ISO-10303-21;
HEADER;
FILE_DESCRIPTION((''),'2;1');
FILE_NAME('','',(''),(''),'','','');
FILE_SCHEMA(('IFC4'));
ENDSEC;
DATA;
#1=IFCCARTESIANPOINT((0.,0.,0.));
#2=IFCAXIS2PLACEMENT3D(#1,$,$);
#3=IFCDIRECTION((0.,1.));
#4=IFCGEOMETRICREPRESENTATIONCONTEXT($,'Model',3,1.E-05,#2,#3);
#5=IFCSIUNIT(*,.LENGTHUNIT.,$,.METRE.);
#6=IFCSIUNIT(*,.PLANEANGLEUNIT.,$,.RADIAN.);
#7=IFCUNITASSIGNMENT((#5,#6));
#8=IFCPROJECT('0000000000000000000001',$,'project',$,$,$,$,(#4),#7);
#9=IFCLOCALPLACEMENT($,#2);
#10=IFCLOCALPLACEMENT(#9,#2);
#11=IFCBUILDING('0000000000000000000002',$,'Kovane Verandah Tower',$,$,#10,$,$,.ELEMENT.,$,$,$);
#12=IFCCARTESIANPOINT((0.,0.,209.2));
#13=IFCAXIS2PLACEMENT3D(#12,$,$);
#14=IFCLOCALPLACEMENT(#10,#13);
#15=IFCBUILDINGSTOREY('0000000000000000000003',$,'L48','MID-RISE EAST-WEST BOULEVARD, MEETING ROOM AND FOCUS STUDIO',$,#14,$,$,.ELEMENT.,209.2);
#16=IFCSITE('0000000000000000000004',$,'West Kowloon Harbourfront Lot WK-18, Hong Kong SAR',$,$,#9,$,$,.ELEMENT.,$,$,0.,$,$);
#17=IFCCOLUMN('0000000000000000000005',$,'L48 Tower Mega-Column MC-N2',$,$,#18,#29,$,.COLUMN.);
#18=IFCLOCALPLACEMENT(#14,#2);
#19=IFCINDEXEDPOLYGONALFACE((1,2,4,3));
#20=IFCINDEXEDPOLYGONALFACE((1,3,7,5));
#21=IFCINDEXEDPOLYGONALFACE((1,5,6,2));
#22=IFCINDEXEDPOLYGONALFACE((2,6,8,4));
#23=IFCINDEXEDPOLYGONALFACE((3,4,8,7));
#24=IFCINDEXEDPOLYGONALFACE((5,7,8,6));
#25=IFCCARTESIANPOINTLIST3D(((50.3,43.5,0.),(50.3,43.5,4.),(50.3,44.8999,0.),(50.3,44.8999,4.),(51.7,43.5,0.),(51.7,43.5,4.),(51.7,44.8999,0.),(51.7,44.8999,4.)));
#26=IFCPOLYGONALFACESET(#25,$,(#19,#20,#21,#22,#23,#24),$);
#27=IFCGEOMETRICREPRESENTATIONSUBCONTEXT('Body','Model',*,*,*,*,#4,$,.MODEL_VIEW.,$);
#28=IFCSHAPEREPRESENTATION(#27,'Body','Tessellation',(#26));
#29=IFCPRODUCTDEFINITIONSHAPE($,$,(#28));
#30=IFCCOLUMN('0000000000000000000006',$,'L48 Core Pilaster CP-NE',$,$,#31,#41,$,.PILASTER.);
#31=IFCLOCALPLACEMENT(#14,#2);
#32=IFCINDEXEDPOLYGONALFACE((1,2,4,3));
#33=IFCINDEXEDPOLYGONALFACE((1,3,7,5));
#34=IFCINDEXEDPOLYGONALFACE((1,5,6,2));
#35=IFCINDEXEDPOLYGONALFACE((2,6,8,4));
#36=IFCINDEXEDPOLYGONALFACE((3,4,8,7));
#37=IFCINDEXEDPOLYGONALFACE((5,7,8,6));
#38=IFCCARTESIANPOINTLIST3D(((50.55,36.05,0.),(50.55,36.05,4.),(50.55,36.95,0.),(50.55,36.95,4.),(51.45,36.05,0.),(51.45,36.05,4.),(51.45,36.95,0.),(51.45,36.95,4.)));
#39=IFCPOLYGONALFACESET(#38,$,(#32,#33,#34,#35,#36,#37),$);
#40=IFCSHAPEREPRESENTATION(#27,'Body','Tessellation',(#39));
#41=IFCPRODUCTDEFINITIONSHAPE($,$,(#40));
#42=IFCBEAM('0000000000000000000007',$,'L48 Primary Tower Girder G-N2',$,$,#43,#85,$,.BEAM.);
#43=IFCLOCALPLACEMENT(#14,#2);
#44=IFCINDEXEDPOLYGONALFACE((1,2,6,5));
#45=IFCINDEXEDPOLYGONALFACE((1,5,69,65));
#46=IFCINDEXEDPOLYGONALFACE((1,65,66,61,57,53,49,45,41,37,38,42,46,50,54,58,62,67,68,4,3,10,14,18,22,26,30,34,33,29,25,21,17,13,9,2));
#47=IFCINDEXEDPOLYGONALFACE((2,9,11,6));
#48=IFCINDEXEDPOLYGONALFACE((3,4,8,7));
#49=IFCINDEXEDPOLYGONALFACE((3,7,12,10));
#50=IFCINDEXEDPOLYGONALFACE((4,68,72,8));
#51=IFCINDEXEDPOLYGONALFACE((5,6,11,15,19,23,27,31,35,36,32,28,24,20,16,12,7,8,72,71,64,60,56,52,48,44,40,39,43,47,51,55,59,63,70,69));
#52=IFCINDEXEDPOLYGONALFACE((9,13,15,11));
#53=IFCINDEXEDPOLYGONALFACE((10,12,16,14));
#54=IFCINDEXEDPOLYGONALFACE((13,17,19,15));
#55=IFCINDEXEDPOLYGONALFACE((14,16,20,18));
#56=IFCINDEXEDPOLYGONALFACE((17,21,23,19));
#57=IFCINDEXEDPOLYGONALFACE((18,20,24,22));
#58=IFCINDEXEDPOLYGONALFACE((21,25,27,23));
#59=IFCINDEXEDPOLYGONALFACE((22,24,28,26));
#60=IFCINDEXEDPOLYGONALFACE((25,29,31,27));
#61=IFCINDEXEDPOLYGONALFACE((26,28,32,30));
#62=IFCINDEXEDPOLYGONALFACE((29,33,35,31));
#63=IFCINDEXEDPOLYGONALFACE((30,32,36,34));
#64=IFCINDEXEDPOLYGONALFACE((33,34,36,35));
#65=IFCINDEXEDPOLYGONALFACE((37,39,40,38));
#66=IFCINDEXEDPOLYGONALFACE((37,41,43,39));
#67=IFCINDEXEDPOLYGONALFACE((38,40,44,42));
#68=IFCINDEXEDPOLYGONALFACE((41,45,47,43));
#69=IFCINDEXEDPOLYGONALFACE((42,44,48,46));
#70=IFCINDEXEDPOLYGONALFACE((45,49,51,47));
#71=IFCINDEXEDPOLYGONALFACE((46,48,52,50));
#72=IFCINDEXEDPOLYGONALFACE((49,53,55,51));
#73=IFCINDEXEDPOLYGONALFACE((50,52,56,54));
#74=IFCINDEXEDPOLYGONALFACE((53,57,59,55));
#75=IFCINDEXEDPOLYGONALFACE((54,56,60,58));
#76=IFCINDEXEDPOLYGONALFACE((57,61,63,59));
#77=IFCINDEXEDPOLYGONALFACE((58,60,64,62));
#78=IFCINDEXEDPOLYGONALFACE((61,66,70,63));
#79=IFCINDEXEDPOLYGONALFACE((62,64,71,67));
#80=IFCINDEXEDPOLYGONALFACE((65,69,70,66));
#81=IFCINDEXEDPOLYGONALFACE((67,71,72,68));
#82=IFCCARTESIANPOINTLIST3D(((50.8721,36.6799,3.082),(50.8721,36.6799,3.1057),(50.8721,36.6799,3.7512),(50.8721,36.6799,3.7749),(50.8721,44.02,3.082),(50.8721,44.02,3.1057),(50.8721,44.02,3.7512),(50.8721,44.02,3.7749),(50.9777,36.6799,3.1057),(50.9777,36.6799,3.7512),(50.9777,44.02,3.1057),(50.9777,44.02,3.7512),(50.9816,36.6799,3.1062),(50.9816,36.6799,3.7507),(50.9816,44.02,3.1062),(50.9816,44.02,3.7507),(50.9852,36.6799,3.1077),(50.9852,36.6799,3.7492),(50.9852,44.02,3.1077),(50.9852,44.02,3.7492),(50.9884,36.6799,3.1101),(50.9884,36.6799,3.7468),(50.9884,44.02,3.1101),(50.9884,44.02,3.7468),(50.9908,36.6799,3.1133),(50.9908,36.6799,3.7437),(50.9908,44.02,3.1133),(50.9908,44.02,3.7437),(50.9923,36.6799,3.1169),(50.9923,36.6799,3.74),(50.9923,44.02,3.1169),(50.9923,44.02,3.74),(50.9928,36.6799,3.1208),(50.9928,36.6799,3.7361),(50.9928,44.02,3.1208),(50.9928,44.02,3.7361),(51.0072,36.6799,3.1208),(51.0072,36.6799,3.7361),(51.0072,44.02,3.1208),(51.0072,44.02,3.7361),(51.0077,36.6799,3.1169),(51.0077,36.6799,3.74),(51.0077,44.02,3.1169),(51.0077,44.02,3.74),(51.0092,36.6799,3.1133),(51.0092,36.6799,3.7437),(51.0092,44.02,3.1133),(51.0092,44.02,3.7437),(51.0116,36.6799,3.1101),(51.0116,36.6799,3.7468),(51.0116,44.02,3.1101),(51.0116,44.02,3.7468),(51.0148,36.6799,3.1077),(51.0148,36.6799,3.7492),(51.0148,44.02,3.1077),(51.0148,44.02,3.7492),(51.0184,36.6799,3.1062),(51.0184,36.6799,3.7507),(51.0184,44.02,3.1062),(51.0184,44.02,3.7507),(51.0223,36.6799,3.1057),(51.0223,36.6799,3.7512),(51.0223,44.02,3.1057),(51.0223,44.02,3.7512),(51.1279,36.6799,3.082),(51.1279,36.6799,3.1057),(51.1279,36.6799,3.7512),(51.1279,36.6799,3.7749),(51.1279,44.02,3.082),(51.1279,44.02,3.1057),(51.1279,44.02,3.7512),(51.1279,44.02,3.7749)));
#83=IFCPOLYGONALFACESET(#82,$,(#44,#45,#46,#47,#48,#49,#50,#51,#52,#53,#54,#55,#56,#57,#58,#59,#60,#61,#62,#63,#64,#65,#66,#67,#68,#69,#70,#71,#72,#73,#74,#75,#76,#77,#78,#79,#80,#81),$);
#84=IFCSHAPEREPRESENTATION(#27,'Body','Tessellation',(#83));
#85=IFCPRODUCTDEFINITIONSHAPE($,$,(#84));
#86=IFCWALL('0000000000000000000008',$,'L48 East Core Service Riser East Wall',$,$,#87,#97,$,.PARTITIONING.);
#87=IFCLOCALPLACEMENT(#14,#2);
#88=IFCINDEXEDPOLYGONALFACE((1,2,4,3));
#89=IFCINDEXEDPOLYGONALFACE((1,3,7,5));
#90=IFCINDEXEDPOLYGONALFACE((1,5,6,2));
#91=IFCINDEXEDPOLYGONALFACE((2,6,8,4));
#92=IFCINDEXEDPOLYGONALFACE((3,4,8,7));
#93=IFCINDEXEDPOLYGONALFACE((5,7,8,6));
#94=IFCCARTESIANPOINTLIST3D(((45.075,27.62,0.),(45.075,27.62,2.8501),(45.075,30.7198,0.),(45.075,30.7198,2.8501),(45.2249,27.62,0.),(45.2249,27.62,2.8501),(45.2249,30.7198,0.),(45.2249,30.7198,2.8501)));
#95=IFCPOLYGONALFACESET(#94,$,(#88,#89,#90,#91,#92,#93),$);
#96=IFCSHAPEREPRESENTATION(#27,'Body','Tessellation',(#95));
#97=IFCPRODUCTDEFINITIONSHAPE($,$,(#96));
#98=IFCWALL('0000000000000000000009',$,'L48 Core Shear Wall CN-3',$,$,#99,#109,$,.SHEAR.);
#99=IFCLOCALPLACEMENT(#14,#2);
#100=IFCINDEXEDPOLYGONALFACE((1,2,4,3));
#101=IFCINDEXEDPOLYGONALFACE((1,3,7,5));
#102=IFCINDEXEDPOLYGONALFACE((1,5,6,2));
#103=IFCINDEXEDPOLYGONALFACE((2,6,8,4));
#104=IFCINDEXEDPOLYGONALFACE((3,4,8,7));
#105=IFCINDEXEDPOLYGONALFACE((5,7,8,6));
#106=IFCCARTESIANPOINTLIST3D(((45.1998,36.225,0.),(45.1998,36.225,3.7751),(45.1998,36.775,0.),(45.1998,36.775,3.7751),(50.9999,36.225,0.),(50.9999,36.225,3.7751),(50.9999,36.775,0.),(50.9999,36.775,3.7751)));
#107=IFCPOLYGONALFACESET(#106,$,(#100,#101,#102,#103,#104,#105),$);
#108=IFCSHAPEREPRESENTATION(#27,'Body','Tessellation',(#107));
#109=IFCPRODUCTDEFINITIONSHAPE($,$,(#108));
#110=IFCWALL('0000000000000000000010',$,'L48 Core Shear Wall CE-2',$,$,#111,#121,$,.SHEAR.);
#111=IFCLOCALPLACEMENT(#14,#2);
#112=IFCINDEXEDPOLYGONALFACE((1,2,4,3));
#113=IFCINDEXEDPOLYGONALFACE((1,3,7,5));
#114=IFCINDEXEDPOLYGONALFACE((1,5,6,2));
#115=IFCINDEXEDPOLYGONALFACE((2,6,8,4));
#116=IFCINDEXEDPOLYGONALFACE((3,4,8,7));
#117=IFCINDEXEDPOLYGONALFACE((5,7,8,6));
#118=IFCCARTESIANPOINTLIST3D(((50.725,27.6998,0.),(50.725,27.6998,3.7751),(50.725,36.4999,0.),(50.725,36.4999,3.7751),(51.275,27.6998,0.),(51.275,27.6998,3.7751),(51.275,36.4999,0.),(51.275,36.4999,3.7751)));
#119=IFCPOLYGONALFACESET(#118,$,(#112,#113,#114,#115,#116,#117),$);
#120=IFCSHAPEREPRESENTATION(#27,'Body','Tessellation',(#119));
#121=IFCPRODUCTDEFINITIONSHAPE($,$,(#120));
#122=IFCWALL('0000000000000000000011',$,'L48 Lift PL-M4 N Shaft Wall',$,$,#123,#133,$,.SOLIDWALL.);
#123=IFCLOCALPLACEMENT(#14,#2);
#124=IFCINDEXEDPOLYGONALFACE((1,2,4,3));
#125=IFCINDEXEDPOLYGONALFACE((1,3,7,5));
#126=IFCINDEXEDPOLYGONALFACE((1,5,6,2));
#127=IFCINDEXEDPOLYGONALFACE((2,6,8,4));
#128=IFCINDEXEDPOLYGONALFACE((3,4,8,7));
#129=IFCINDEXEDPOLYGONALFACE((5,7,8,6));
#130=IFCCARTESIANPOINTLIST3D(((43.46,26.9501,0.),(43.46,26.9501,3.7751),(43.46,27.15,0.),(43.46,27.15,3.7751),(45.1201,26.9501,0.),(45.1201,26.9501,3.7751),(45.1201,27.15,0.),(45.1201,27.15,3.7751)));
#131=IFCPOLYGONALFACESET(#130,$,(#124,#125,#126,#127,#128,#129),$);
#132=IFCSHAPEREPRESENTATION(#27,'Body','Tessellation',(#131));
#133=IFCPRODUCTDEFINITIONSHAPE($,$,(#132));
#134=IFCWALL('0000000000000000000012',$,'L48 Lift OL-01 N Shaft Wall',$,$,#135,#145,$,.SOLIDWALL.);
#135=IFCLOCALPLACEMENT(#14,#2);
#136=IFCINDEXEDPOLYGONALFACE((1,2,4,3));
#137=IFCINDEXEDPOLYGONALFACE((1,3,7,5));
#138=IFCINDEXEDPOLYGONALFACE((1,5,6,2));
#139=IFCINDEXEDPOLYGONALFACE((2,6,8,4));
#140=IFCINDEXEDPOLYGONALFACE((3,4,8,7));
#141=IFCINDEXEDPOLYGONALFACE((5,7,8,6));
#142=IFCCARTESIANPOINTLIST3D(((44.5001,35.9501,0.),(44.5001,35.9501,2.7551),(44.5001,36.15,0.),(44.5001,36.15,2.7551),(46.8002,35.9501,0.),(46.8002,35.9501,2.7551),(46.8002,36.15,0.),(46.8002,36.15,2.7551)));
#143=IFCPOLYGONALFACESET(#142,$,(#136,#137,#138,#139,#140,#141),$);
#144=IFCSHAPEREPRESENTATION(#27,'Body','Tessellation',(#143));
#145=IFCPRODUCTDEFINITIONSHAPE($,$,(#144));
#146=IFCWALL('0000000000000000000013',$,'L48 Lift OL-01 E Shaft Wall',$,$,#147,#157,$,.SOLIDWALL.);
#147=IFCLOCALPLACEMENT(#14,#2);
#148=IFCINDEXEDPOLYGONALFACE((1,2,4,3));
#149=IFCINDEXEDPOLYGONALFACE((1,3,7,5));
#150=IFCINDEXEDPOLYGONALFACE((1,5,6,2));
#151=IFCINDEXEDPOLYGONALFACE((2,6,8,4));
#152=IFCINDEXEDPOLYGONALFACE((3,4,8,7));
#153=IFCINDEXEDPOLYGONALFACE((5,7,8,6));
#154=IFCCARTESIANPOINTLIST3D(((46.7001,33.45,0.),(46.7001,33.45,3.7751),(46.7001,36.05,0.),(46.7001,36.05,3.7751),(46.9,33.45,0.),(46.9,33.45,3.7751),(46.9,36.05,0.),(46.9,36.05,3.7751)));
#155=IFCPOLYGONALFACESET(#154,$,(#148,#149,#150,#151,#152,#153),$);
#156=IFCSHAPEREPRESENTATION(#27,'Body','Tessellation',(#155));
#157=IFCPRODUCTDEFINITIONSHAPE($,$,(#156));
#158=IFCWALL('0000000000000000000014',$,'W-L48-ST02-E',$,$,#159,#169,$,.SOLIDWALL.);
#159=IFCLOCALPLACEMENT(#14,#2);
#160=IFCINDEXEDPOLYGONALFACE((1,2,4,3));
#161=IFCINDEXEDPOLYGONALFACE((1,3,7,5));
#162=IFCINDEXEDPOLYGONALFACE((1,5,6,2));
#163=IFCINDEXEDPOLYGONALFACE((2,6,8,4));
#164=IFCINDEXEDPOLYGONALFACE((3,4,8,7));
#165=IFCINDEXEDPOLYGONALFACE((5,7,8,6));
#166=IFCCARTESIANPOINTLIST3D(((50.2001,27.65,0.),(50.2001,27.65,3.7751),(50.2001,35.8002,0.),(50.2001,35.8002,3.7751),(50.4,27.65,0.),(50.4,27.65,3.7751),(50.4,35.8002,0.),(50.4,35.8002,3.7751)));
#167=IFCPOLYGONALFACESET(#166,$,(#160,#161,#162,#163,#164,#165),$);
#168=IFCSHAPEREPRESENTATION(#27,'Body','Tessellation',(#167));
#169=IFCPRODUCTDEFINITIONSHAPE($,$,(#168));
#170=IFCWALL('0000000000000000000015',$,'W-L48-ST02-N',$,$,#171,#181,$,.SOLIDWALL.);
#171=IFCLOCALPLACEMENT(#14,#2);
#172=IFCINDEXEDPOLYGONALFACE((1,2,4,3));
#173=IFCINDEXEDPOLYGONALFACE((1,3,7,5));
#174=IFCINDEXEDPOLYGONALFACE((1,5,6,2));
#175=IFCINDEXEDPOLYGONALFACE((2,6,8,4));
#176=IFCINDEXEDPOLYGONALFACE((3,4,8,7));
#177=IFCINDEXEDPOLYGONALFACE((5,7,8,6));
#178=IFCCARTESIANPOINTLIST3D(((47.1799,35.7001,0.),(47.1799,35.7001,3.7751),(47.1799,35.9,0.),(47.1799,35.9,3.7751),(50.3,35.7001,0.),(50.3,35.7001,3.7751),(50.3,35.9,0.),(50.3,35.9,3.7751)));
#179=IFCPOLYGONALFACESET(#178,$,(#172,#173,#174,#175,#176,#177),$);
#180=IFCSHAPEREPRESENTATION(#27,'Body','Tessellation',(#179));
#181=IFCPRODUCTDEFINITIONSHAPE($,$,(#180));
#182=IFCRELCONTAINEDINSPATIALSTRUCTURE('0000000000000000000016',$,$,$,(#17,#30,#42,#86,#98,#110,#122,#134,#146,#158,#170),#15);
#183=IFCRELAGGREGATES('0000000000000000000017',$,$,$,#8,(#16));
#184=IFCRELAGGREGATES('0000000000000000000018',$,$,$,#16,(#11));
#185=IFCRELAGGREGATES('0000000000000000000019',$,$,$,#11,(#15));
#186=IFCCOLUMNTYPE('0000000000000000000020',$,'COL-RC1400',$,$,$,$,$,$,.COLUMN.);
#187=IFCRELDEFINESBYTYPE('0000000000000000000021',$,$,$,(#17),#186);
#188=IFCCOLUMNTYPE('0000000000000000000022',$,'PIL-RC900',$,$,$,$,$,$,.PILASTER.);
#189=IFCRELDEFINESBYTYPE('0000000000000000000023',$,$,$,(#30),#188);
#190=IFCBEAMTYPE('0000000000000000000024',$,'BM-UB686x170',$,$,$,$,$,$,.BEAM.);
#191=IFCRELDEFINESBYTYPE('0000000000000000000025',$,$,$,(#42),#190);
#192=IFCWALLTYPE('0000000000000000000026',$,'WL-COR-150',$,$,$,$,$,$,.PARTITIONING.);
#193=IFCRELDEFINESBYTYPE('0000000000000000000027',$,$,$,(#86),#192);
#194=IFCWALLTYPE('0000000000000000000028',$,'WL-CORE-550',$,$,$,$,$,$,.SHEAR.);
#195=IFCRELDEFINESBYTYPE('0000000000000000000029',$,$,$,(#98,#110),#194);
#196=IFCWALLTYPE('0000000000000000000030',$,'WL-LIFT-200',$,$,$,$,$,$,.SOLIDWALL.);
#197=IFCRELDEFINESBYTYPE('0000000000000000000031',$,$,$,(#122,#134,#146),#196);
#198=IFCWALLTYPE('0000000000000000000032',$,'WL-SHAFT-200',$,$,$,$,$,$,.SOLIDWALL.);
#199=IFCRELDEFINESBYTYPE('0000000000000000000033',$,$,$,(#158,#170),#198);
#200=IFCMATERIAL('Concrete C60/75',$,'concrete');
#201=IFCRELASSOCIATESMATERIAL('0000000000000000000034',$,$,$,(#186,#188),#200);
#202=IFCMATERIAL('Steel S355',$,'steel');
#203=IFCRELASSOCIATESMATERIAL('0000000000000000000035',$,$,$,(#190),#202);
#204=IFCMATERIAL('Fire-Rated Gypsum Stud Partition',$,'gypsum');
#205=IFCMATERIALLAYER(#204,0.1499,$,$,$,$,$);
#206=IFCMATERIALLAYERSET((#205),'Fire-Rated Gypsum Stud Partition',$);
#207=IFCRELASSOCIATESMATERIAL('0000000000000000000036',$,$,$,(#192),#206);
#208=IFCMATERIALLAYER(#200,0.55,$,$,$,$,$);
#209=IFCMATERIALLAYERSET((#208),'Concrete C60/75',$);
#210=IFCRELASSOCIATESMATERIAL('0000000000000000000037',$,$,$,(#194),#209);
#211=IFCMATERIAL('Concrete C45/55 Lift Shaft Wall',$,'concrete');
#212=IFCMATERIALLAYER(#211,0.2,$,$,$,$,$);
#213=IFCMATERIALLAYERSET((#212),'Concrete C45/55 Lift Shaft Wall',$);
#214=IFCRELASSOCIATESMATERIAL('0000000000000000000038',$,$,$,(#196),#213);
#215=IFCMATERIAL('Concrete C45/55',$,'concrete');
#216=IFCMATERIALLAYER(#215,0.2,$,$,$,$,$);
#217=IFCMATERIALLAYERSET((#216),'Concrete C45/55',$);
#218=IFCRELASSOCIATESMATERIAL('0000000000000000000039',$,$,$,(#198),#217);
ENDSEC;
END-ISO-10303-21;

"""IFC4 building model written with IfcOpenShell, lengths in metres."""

from ifc_helpers import new_model, si_unit, direction, frame, frame_2d, origin, origin_2d, place, context, subcontext, project, spatial, rectangle, i_section, extrude, material, layer, layer_set, material_profile, profile_set, type_object, element, save


model = new_model("IFC4")

# Units and contexts
model_context = context("Model", 3, precision=1e-05, world=origin(), true_north=direction((0.0, 1.0)))
body_context = subcontext(model_context, "Body", "Model", "MODEL_VIEW")
ifc_project = project(units=[si_unit("LENGTHUNIT", "METRE"), si_unit("PLANEANGLEUNIT", "RADIAN")], contexts=[model_context])

# Site, building, storey
site_placement = place(None, origin())
site = spatial("IfcSite", under=ifc_project, at=site_placement, Name="West Kowloon Harbourfront Lot WK-18, Hong Kong SAR", CompositionType="ELEMENT", RefElevation=0.0)
building_placement = place(site_placement, origin())
building = spatial("IfcBuilding", under=site, at=building_placement, Name="Kovane Verandah Tower", CompositionType="ELEMENT")
storey_placement = place(building_placement, frame((0.0, 0.0, 209.2)))
storey = spatial("IfcBuildingStorey", under=building, at=storey_placement, Name="L48", Description="MID-RISE EAST-WEST BOULEVARD, MEETING ROOM AND FOCUS STUDIO", CompositionType="ELEMENT", Elevation=209.2)

# Columns
ifc_material_1 = material(Name="Concrete C60/75", Category="concrete")
ifc_material_profile_1 = material_profile(ifc_material_1, rectangle(XDim=1.3999, YDim=1.3999, at=origin_2d()), Name="RC1400x1400")
ifc_profile_set_1 = profile_set([ifc_material_profile_1], Name="Concrete C60/75")
column_type_1 = type_object("IfcColumnType", Name="COL-RC1400", PredefinedType="COLUMN", material=ifc_profile_set_1)
column_1_placement = place(storey_placement, frame((51.0, 44.2, 0.0), z_axis=(0.0, 0.0, 1.0), x_axis=(1.0, 0.0, 0.0)))
element("IfcColumn", 1, at=column_1_placement, inside=storey, type_object=column_type_1, Name="L48 Tower Mega-Column MC-N2", PredefinedType="COLUMN", context=body_context, shape_type="SweptSolid", body=[
    extrude(rectangle(XDim=1.3999, YDim=1.3999, at=origin_2d()), origin(), (0.0, 0.0, 1.0), 4.0),
])
ifc_material_profile_2 = material_profile(ifc_material_1, rectangle(XDim=0.8999, YDim=0.8999, at=origin_2d()), Name="RC900x900")
ifc_profile_set_2 = profile_set([ifc_material_profile_2], Name="Concrete C60/75")
column_type_2 = type_object("IfcColumnType", Name="PIL-RC900", PredefinedType="PILASTER", material=ifc_profile_set_2)
column_2_placement = place(storey_placement, frame((51.0, 36.5, 0.0), z_axis=(0.0, 0.0, 1.0), x_axis=(1.0, 0.0, 0.0)))
element("IfcColumn", 2, at=column_2_placement, inside=storey, type_object=column_type_2, Name="L48 Core Pilaster CP-NE", PredefinedType="PILASTER", context=body_context, shape_type="SweptSolid", body=[
    extrude(rectangle(XDim=0.8999, YDim=0.8999, at=origin_2d()), origin(), (0.0, 0.0, 1.0), 4.0),
])

# Beam
ifc_material_2 = material(Name="Steel S355", Category="steel")
ifc_material_profile_3 = material_profile(ifc_material_2, i_section(OverallWidth=0.2559, OverallDepth=0.6929, WebThickness=0.0144, FlangeThickness=0.0237, FilletRadius=0.0151, at=origin_2d()), Name="UB686x254x170")
ifc_profile_set_3 = profile_set([ifc_material_profile_3], Name="Steel S355")
beam_type = type_object("IfcBeamType", Name="BM-UB686x170", PredefinedType="BEAM", material=ifc_profile_set_3)
beam_placement = place(storey_placement, frame((51.0, 36.6799, 3.4285), z_axis=(0.0, 1.0, 0.0), x_axis=(-1.0, 0.0, 0.0)))
element("IfcBeam", 3, at=beam_placement, inside=storey, type_object=beam_type, Name="L48 Primary Tower Girder G-N2", PredefinedType="BEAM", context=body_context, shape_type="SweptSolid", body=[
    extrude(i_section(OverallWidth=0.2559, OverallDepth=0.6929, WebThickness=0.0144, FlangeThickness=0.0237, FilletRadius=0.0151, at=origin_2d()), origin(), (0.0, 0.0, 1.0), 7.3401),
])

# Walls
ifc_material_3 = material(Name="Fire-Rated Gypsum Stud Partition", Category="gypsum")
ifc_layer_1 = layer(ifc_material_3, 0.1499)
ifc_layer_set_1 = layer_set([ifc_layer_1], Name="Fire-Rated Gypsum Stud Partition")
wall_type_1 = type_object("IfcWallType", Name="WL-COR-150", PredefinedType="PARTITIONING", material=ifc_layer_set_1)
wall_1_placement = place(storey_placement, frame((45.1499, 27.6201, 0.0), z_axis=(0.0, 0.0, 1.0), x_axis=(0.0, 1.0, 0.0)))
element("IfcWall", 4, at=wall_1_placement, inside=storey, type_object=wall_type_1, Name="L48 East Core Service Riser East Wall", PredefinedType="PARTITIONING", context=body_context, shape_type="SweptSolid", body=[
    extrude(rectangle(XDim=3.0999, YDim=0.1499, at=frame_2d((1.5498, 0.0))), origin(), (0.0, 0.0, 1.0), 2.8501),
])
ifc_layer_2 = layer(ifc_material_1, 0.55)
ifc_layer_set_2 = layer_set([ifc_layer_2], Name="Concrete C60/75")
wall_type_2 = type_object("IfcWallType", Name="WL-CORE-550", PredefinedType="SHEAR", material=ifc_layer_set_2)
wall_2_placement = place(storey_placement, frame((45.2, 36.5, 0.0), z_axis=(0.0, 0.0, 1.0), x_axis=(1.0, 0.0, 0.0)))
element("IfcWall", 5, at=wall_2_placement, inside=storey, type_object=wall_type_2, Name="L48 Core Shear Wall CN-3", PredefinedType="SHEAR", context=body_context, shape_type="SweptSolid", body=[
    extrude(rectangle(XDim=5.8, YDim=0.55, at=frame_2d((2.8999, 0.0))), origin(), (0.0, 0.0, 1.0), 3.7751),
])
wall_3_placement = place(storey_placement, frame((51.0, 27.7, 0.0), z_axis=(0.0, 0.0, 1.0), x_axis=(0.0, 1.0, 0.0)))
element("IfcWall", 6, at=wall_3_placement, inside=storey, type_object=wall_type_2, Name="L48 Core Shear Wall CE-2", PredefinedType="SHEAR", context=body_context, shape_type="SweptSolid", body=[
    extrude(rectangle(XDim=8.8, YDim=0.55, at=frame_2d((4.3999, 0.0))), origin(), (0.0, 0.0, 1.0), 3.7751),
])

# Walls
ifc_material_4 = material(Name="Concrete C45/55 Lift Shaft Wall", Category="concrete")
ifc_layer_3 = layer(ifc_material_4, 0.2)
ifc_layer_set_3 = layer_set([ifc_layer_3], Name="Concrete C45/55 Lift Shaft Wall")
wall_type_3 = type_object("IfcWallType", Name="WL-LIFT-200", PredefinedType="SOLIDWALL", material=ifc_layer_set_3)
wall_4_placement = place(storey_placement, frame((45.1201, 27.05, 0.0), z_axis=(0.0, 0.0, 1.0), x_axis=(-1.0, 0.0, 0.0)))
element("IfcWall", 7, at=wall_4_placement, inside=storey, type_object=wall_type_3, Name="L48 Lift PL-M4 N Shaft Wall", PredefinedType="SOLIDWALL", context=body_context, shape_type="SweptSolid", body=[
    extrude(rectangle(XDim=1.6602, YDim=0.2, at=frame_2d((0.8301, 0.0))), origin(), (0.0, 0.0, 1.0), 3.7751),
])
wall_5_placement = place(storey_placement, frame((46.8, 36.05, 0.0), z_axis=(0.0, 0.0, 1.0), x_axis=(-1.0, 0.0, 0.0)))
element("IfcWall", 8, at=wall_5_placement, inside=storey, type_object=wall_type_3, Name="L48 Lift OL-01 N Shaft Wall", PredefinedType="SOLIDWALL", context=body_context, shape_type="SweptSolid", body=[
    extrude(rectangle(XDim=2.3, YDim=0.2, at=frame_2d((1.1499, 0.0))), origin(), (0.0, 0.0, 1.0), 2.7551),
])
wall_6_placement = place(storey_placement, frame((46.8, 33.45, 0.0), z_axis=(0.0, 0.0, 1.0), x_axis=(0.0, 1.0, 0.0)))
element("IfcWall", 9, at=wall_6_placement, inside=storey, type_object=wall_type_3, Name="L48 Lift OL-01 E Shaft Wall", PredefinedType="SOLIDWALL", context=body_context, shape_type="SweptSolid", body=[
    extrude(rectangle(XDim=2.6001, YDim=0.2, at=frame_2d((1.3, 0.0))), origin(), (0.0, 0.0, 1.0), 3.7751),
])
ifc_material_5 = material(Name="Concrete C45/55", Category="concrete")
ifc_layer_4 = layer(ifc_material_5, 0.2)
ifc_layer_set_4 = layer_set([ifc_layer_4], Name="Concrete C45/55")
wall_type_4 = type_object("IfcWallType", Name="WL-SHAFT-200", PredefinedType="SOLIDWALL", material=ifc_layer_set_4)
wall_7_placement = place(storey_placement, frame((50.3, 27.6499, 0.0), z_axis=(0.0, 0.0, 1.0), x_axis=(0.0, 1.0, 0.0)))
element("IfcWall", 10, at=wall_7_placement, inside=storey, type_object=wall_type_4, Name="W-L48-ST02-E", PredefinedType="SOLIDWALL", context=body_context, shape_type="SweptSolid", body=[
    extrude(rectangle(XDim=8.1501, YDim=0.2, at=frame_2d((4.0752, 0.0))), origin(), (0.0, 0.0, 1.0), 3.7751),
])
wall_8_placement = place(storey_placement, frame((47.1799, 35.8, 0.0), z_axis=(0.0, 0.0, 1.0), x_axis=(1.0, 0.0, 0.0)))
element("IfcWall", 11, at=wall_8_placement, inside=storey, type_object=wall_type_4, Name="W-L48-ST02-N", PredefinedType="SOLIDWALL", context=body_context, shape_type="SweptSolid", body=[
    extrude(rectangle(XDim=3.1201, YDim=0.2, at=frame_2d((1.5601, 0.0))), origin(), (0.0, 0.0, 1.0), 3.7751),
])

save(model, "model.ifc")
